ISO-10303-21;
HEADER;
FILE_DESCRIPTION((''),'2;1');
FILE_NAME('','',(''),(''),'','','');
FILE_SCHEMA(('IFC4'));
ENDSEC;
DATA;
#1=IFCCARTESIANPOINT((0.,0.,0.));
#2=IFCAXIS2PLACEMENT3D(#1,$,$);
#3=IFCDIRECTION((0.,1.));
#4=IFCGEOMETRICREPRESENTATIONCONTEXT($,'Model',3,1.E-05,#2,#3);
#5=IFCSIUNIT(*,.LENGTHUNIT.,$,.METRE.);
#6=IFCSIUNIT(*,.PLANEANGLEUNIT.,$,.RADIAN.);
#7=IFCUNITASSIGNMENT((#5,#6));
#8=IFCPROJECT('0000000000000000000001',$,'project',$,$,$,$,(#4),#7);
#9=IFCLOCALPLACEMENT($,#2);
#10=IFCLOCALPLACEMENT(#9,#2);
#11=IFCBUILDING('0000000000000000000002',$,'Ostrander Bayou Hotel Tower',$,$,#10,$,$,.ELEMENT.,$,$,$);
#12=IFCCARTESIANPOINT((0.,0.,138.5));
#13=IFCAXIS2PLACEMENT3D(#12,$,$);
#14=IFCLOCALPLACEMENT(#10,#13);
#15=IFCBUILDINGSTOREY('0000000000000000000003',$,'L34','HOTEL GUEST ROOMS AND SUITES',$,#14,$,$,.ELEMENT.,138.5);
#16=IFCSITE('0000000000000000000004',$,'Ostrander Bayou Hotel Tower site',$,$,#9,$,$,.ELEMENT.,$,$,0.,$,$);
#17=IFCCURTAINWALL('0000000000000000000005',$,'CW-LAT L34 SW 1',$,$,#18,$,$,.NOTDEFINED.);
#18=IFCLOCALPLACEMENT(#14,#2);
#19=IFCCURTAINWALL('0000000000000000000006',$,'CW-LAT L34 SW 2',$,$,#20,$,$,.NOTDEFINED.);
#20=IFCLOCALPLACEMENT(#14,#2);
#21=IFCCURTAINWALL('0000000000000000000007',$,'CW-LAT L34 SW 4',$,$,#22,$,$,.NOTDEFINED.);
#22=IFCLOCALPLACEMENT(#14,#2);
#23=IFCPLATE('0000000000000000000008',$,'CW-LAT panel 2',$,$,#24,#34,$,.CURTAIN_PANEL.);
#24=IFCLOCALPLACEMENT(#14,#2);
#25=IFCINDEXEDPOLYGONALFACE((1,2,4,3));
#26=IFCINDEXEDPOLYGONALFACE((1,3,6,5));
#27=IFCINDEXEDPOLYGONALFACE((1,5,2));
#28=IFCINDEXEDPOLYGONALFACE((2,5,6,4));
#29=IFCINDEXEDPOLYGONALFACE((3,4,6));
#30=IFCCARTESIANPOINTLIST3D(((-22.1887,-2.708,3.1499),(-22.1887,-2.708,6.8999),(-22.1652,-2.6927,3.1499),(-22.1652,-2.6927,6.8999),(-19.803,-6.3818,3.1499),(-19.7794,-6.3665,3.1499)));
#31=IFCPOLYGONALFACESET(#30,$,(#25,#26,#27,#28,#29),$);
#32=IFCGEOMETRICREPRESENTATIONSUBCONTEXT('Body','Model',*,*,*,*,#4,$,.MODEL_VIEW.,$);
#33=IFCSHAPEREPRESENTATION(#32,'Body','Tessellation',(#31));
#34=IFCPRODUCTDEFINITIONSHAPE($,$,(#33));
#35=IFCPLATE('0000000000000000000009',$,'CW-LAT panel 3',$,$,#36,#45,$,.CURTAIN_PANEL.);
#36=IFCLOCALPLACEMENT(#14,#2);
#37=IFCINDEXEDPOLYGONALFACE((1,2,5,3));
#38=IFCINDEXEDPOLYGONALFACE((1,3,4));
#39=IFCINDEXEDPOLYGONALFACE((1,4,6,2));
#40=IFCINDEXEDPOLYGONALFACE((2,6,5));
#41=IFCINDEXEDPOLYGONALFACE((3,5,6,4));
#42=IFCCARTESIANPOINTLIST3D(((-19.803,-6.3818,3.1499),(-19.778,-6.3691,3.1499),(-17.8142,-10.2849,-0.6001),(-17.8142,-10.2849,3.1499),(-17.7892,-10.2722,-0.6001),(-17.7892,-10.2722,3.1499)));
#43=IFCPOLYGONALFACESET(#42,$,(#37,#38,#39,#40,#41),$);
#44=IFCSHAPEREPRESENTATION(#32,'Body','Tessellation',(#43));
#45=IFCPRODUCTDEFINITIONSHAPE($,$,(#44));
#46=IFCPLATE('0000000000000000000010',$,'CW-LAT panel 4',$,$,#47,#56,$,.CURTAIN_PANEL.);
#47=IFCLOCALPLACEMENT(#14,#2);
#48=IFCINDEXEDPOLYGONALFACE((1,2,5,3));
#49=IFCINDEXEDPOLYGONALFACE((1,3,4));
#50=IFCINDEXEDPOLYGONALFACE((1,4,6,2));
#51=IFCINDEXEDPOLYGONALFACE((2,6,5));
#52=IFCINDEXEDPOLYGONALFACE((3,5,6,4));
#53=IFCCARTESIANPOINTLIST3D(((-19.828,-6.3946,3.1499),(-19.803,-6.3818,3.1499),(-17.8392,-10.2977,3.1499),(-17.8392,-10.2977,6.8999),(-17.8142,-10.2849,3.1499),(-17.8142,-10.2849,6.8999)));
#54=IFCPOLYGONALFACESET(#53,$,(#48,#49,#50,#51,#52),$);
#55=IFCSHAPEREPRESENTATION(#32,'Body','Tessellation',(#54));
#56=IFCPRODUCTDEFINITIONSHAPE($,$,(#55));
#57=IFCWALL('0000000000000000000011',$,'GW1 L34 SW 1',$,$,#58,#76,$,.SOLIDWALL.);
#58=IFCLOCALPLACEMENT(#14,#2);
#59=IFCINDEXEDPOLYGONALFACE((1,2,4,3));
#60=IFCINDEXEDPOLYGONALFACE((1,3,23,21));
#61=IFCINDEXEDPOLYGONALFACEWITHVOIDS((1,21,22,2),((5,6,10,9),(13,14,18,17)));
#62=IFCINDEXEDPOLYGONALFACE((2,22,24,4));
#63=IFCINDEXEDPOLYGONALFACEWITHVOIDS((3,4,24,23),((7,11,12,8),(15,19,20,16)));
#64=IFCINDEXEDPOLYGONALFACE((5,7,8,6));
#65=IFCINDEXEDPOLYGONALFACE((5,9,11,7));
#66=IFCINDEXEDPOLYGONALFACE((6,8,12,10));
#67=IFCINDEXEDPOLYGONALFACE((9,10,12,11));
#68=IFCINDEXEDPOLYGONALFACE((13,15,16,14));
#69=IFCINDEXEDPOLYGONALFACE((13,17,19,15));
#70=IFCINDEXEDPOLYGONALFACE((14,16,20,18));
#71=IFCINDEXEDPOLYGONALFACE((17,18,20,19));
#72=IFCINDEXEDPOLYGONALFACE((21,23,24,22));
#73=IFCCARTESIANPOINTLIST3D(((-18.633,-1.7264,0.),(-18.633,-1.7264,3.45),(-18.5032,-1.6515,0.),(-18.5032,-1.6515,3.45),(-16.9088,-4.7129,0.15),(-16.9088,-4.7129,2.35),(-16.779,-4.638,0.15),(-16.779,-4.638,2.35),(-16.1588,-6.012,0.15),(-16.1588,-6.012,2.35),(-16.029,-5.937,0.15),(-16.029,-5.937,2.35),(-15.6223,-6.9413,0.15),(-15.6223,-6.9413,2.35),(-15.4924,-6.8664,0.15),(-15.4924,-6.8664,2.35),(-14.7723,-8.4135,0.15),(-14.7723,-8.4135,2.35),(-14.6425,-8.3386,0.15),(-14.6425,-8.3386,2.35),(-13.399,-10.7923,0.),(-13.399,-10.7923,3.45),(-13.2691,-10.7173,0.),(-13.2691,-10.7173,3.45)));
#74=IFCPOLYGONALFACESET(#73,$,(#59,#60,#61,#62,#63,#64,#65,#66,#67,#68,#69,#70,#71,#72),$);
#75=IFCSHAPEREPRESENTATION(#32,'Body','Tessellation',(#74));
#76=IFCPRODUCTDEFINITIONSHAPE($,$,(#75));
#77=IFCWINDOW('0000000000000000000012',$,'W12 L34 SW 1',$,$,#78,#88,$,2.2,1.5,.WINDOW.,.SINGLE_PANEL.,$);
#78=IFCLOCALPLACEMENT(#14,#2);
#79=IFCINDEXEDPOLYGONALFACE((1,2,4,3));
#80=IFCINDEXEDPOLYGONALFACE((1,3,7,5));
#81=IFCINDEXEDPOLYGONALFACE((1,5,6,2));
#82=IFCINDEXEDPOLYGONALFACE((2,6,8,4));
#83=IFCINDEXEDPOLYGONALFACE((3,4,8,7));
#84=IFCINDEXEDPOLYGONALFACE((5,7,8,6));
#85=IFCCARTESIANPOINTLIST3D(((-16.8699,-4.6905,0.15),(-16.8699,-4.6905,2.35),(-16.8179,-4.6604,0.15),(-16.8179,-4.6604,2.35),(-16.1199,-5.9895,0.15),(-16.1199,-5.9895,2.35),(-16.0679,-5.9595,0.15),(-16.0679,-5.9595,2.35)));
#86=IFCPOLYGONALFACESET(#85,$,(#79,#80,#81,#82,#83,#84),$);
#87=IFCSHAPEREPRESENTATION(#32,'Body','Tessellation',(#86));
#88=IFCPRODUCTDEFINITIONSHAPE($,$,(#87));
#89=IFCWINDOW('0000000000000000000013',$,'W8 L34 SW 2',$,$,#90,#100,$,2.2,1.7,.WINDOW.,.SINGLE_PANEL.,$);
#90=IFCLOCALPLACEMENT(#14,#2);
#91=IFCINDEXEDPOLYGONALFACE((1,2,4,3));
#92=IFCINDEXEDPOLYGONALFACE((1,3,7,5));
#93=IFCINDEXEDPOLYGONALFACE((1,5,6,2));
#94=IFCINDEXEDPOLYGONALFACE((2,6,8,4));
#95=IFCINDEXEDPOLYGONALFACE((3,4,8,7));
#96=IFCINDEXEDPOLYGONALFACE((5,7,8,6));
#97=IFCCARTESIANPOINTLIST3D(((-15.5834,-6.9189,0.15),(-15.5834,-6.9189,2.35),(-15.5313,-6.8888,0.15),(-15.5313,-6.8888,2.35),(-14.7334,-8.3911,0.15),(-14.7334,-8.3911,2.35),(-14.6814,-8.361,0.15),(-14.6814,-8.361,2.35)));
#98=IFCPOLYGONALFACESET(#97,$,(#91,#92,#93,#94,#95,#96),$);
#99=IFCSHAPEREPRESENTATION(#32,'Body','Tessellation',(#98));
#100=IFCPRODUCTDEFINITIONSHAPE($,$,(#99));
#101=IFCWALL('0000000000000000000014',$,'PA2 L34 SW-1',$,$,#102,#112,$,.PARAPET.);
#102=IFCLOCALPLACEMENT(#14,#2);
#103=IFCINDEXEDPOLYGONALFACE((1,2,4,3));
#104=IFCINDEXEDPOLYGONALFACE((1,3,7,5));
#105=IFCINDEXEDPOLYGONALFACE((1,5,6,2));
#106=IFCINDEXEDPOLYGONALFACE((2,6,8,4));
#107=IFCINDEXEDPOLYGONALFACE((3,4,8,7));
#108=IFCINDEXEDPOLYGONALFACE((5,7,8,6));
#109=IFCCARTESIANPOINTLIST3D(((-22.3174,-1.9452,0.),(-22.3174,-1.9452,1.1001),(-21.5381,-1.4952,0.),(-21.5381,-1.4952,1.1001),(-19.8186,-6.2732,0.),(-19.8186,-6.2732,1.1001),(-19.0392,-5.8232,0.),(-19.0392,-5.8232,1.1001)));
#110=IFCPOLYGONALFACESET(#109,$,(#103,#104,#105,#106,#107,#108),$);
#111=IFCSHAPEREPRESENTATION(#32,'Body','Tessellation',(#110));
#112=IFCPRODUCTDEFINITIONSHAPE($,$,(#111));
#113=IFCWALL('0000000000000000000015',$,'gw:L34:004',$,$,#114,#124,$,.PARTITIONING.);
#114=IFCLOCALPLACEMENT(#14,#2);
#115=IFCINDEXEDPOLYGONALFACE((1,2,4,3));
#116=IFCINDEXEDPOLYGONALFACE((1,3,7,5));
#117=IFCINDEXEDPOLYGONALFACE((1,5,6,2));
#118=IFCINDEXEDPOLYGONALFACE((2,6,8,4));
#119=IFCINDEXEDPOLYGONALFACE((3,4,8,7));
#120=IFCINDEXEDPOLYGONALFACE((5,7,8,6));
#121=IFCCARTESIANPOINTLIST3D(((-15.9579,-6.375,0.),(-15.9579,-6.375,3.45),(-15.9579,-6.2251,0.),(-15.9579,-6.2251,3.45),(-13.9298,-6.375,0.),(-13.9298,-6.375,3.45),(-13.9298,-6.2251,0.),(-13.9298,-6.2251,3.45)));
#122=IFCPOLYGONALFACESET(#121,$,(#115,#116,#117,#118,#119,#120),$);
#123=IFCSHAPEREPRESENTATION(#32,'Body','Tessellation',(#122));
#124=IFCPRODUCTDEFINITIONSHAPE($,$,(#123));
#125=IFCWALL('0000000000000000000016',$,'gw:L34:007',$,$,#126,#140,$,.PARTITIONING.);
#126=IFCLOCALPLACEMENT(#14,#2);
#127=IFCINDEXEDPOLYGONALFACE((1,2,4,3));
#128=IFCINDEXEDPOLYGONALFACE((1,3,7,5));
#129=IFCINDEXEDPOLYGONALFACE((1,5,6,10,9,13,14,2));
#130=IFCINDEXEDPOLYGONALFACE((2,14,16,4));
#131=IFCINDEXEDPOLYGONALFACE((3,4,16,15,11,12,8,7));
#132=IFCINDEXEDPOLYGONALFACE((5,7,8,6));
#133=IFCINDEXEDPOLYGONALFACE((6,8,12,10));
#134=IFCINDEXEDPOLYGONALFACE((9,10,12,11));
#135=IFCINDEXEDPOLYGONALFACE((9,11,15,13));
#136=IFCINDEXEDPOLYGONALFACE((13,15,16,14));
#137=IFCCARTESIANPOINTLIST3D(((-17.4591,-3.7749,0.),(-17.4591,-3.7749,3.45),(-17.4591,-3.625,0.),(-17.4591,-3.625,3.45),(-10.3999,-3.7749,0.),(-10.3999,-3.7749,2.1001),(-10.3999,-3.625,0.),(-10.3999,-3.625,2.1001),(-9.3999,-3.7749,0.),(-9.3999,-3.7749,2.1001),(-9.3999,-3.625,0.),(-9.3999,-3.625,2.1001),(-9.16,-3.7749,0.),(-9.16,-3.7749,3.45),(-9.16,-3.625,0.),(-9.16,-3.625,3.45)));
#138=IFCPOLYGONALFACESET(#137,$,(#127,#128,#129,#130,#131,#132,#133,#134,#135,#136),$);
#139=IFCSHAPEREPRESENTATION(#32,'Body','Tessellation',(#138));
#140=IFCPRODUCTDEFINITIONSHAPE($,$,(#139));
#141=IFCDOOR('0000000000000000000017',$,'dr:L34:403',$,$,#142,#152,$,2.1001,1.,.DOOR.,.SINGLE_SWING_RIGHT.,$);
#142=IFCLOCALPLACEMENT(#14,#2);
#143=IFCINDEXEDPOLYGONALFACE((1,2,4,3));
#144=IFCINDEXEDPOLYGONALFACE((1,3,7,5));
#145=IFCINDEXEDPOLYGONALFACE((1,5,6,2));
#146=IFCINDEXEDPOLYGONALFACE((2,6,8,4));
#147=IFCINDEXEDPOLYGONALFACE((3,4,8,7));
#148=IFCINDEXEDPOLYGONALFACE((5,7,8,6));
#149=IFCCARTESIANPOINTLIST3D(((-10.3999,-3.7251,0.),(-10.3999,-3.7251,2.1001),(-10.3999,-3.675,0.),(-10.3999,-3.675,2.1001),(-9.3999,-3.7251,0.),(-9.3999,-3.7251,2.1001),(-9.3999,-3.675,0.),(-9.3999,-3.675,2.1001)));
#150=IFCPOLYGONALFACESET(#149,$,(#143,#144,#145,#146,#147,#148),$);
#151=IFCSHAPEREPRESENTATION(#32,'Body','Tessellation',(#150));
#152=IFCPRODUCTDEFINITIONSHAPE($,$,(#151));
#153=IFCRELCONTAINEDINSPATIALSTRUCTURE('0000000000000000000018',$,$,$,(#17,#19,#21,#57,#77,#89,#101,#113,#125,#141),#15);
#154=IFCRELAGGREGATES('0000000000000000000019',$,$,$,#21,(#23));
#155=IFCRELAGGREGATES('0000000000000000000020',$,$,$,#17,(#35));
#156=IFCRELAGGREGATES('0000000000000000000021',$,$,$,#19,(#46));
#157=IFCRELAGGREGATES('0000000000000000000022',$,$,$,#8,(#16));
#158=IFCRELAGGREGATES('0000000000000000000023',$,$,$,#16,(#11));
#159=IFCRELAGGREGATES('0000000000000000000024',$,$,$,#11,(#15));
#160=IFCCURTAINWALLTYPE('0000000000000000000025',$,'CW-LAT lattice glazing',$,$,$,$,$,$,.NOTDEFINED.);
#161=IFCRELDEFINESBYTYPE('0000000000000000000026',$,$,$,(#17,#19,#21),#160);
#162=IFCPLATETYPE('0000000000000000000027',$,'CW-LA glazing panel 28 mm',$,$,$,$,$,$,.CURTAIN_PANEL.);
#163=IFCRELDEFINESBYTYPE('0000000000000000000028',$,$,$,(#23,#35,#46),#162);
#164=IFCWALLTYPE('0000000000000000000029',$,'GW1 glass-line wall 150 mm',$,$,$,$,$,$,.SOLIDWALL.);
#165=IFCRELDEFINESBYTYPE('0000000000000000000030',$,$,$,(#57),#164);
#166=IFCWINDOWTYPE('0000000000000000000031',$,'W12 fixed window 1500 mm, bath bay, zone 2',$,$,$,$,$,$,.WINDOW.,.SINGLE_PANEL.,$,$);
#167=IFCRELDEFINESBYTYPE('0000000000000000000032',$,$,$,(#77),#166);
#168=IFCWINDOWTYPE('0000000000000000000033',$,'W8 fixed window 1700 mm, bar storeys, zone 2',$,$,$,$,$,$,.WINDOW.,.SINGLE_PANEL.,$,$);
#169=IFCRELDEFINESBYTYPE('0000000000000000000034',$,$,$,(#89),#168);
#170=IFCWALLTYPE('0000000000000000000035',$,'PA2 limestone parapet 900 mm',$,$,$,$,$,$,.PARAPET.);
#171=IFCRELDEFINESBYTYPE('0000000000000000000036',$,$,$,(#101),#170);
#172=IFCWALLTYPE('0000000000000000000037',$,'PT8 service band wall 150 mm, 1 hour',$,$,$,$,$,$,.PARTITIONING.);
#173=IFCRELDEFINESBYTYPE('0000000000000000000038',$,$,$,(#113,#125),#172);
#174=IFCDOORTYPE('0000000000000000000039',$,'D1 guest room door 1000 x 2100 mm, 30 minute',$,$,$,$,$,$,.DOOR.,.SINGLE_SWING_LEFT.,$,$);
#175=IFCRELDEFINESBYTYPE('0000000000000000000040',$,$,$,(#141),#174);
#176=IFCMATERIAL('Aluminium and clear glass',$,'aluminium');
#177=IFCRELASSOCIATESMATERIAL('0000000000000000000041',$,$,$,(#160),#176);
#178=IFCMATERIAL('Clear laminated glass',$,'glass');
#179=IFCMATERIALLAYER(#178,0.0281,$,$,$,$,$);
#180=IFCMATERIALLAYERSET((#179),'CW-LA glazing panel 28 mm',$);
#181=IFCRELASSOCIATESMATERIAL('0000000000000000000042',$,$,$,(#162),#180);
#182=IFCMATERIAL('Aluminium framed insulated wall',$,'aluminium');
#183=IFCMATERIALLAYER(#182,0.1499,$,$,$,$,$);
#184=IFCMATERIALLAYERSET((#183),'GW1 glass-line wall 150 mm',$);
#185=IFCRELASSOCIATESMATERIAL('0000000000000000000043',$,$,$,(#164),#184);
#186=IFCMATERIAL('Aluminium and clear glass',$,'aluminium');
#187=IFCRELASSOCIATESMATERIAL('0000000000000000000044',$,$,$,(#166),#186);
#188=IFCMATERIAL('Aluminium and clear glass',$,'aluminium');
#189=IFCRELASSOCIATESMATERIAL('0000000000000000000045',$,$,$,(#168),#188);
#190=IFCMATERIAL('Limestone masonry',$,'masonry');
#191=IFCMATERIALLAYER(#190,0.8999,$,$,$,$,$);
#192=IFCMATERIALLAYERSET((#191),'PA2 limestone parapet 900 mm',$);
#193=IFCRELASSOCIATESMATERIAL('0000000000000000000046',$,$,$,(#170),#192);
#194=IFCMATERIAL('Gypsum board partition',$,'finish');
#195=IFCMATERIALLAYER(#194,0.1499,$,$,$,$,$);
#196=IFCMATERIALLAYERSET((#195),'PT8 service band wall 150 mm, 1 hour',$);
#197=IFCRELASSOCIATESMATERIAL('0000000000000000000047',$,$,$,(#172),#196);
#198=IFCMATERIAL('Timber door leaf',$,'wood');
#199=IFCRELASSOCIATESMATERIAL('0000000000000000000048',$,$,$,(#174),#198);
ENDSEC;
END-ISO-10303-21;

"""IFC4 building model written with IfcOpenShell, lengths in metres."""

from ifc_helpers import new_model, si_unit, direction, frame, frame_2d, origin, place, context, subcontext, project, spatial, polyline, rectangle, outline, extrude, material, layer, layer_set, type_object, element, fill, aggregate, save


model = new_model("IFC4")

# Units and contexts
model_context = context("Model", 3, precision=1e-05, world=origin(), true_north=direction((0.0, 1.0)))
body_context = subcontext(model_context, "Body", "Model", "MODEL_VIEW")
ifc_project = project(units=[si_unit("LENGTHUNIT", "METRE"), si_unit("PLANEANGLEUNIT", "RADIAN")], contexts=[model_context])

# Site, building, storey
site_placement = place(None, origin())
site = spatial("IfcSite", under=ifc_project, at=site_placement, Name="Ostrander Bayou Hotel Tower site", CompositionType="ELEMENT", RefElevation=0.0)
building_placement = place(site_placement, origin())
building = spatial("IfcBuilding", under=site, at=building_placement, Name="Ostrander Bayou Hotel Tower", CompositionType="ELEMENT")
storey_placement = place(building_placement, frame((0.0, 0.0, 138.5)))
storey = spatial("IfcBuildingStorey", under=building, at=storey_placement, Name="L34", Description="HOTEL GUEST ROOMS AND SUITES", CompositionType="ELEMENT", Elevation=138.5)

# Curtain wall
ifc_material_1 = material(Name="Aluminium and clear glass", Category="aluminium")
curtain_wall_type = type_object("IfcCurtainWallType", Name="CW-LAT lattice glazing", PredefinedType="NOTDEFINED", material=ifc_material_1)
curtain_wall_1_placement = place(storey_placement, origin())
curtain_wall_1 = element("IfcCurtainWall", 1, at=curtain_wall_1_placement, inside=storey, type_object=curtain_wall_type, Name="CW-LAT L34 SW 1", PredefinedType="NOTDEFINED")

# Curtain wall
curtain_wall_2_placement = place(storey_placement, origin())
curtain_wall_2 = element("IfcCurtainWall", 2, at=curtain_wall_2_placement, inside=storey, type_object=curtain_wall_type, Name="CW-LAT L34 SW 2", PredefinedType="NOTDEFINED")

# Curtain wall, plate
ifc_material_2 = material(Name="Clear laminated glass", Category="glass")
ifc_layer_1 = layer(ifc_material_2, 0.0281)
ifc_layer_set_1 = layer_set([ifc_layer_1], Name="CW-LA glazing panel 28 mm")
plate_type = type_object("IfcPlateType", Name="CW-LA glazing panel 28 mm", PredefinedType="CURTAIN_PANEL", material=ifc_layer_set_1)
curtain_wall_3_placement = place(storey_placement, origin())
curtain_wall_3 = element("IfcCurtainWall", 3, at=curtain_wall_3_placement, inside=storey, type_object=curtain_wall_type, Name="CW-LAT L34 SW 4", PredefinedType="NOTDEFINED")
plate_1_placement = place(storey_placement, frame((-19.803, -6.3818, 3.1499), z_axis=(-0.838678, -0.544628, 0.0), x_axis=(-0.413732, 0.63711, 0.65032)))
plate_1 = element("IfcPlate", 4, at=plate_1_placement, type_object=plate_type, Name="CW-LAT panel 2", PredefinedType="CURTAIN_PANEL", context=body_context, shape_type="SweptSolid", body=[
    extrude(outline(polyline([(0.0, 0.0), (5.7664, 0.0), (3.3277, 2.8487), (0.0, 0.0)])), origin(), (0.0, 0.0, -1.0), 0.0281),
])
aggregate(curtain_wall_3, [plate_1])

# Plates
plate_2_placement = place(storey_placement, frame((-19.803, -6.3818, 3.1499), z_axis=(-0.891002, -0.454, 0.0), x_axis=(0.344888, -0.676862, -0.650316)))
plate_2 = element("IfcPlate", 5, at=plate_2_placement, type_object=plate_type, Name="CW-LAT panel 3", PredefinedType="CURTAIN_PANEL", context=body_context, shape_type="SweptSolid", body=[
    extrude(outline(polyline([(0.0, 0.0), (5.7664, 0.0), (3.3277, 2.8487), (0.0, 0.0)])), origin(), (0.0, 0.0, -1.0), 0.0281),
])
aggregate(curtain_wall_1, [plate_2])
plate_3_placement = place(storey_placement, frame((-19.803, -6.3818, 3.1499), z_axis=(0.891002, 0.454, 0.0), x_axis=(0.344888, -0.676862, 0.650316)))
plate_3 = element("IfcPlate", 6, at=plate_3_placement, type_object=plate_type, Name="CW-LAT panel 4", PredefinedType="CURTAIN_PANEL", context=body_context, shape_type="SweptSolid", body=[
    extrude(outline(polyline([(0.0, 0.0), (5.7664, 0.0), (3.3277, 2.8487), (0.0, 0.0)])), origin(), (0.0, 0.0, -1.0), 0.0281),
])
aggregate(curtain_wall_2, [plate_3])

# Wall, openings, windows
ifc_material_3 = material(Name="Aluminium framed insulated wall", Category="aluminium")
ifc_layer_2 = layer(ifc_material_3, 0.1499)
ifc_layer_set_2 = layer_set([ifc_layer_2], Name="GW1 glass-line wall 150 mm")
wall_type_1 = type_object("IfcWallType", Name="GW1 glass-line wall 150 mm", PredefinedType="SOLIDWALL", material=ifc_layer_set_2)
wall_1_placement = place(storey_placement, frame((-18.5681, -1.689, 0.0), z_axis=(0.0, 0.0, 1.0), x_axis=(0.499994, -0.866029, 0.0)))
wall_1 = element("IfcWall", 7, at=wall_1_placement, inside=storey, type_object=wall_type_1, Name="GW1 L34 SW 1", PredefinedType="SOLIDWALL", context=body_context, shape_type="SweptSolid", body=[
    extrude(rectangle(XDim=10.4683, YDim=0.1499, at=frame_2d((5.2341, 0.0))), origin(), (0.0, 0.0, 1.0), 3.45),
])
opening_1_placement = place(wall_1_placement, frame((3.4485, 0.0, 0.1499)))
opening_1 = element("IfcOpeningElement", 8, at=opening_1_placement, cuts=wall_1, PredefinedType="OPENING", context=body_context, shape_type="SweptSolid", body=[
    extrude(rectangle(XDim=1.5, YDim=2.2, at=frame_2d((0.75, 1.1001))), frame((0.0, 0.075, 0.0), z_axis=(0.0, -1.0, 0.0), x_axis=(1.0, 0.0, 0.0)), (0.0, 0.0, 1.0), 0.1499),
])
opening_2_placement = place(wall_1_placement, frame((6.0215, 0.0, 0.1499)))
opening_2 = element("IfcOpeningElement", 9, at=opening_2_placement, cuts=wall_1, PredefinedType="OPENING", context=body_context, shape_type="SweptSolid", body=[
    extrude(rectangle(XDim=1.7, YDim=2.2, at=frame_2d((0.8501, 1.1001))), frame((0.0, 0.075, 0.0), z_axis=(0.0, -1.0, 0.0), x_axis=(1.0, 0.0, 0.0)), (0.0, 0.0, 1.0), 0.1499),
])
ifc_material_4 = material(Name="Aluminium and clear glass", Category="aluminium")
window_type_1 = type_object("IfcWindowType", Name="W12 fixed window 1500 mm, bath bay, zone 2", PartitioningType="SINGLE_PANEL", PredefinedType="WINDOW", material=ifc_material_4)
window_1_placement = place(opening_1_placement, origin())
window_1 = element("IfcWindow", 10, at=window_1_placement, inside=storey, type_object=window_type_1, Name="W12 L34 SW 1", OverallHeight=2.2, OverallWidth=1.5, PartitioningType="SINGLE_PANEL", PredefinedType="WINDOW", context=body_context, shape_type="SweptSolid", body=[
    extrude(rectangle(XDim=1.5, YDim=2.2, at=frame_2d((0.75, 1.1001))), frame((0.0, 0.03, 0.0), z_axis=(0.0, -1.0, 0.0), x_axis=(1.0, 0.0, 0.0)), (0.0, 0.0, 1.0), 0.0601),
])
fill(opening_1, window_1)
ifc_material_5 = material(Name="Aluminium and clear glass", Category="aluminium")
window_type_2 = type_object("IfcWindowType", Name="W8 fixed window 1700 mm, bar storeys, zone 2", PartitioningType="SINGLE_PANEL", PredefinedType="WINDOW", material=ifc_material_5)
window_2_placement = place(opening_2_placement, origin())
window_2 = element("IfcWindow", 11, at=window_2_placement, inside=storey, type_object=window_type_2, Name="W8 L34 SW 2", OverallHeight=2.2, OverallWidth=1.7, PartitioningType="SINGLE_PANEL", PredefinedType="WINDOW", context=body_context, shape_type="SweptSolid", body=[
    extrude(rectangle(XDim=1.7, YDim=2.2, at=frame_2d((0.8501, 1.1001))), frame((0.0, 0.03, 0.0), z_axis=(0.0, -1.0, 0.0), x_axis=(1.0, 0.0, 0.0)), (0.0, 0.0, 1.0), 0.0601),
])
fill(opening_2, window_2)

# Walls
ifc_material_6 = material(Name="Limestone masonry", Category="masonry")
ifc_layer_3 = layer(ifc_material_6, 0.8999)
ifc_layer_set_3 = layer_set([ifc_layer_3], Name="PA2 limestone parapet 900 mm")
wall_type_2 = type_object("IfcWallType", Name="PA2 limestone parapet 900 mm", PredefinedType="PARAPET", material=ifc_layer_set_3)
wall_2_placement = place(storey_placement, frame((-21.9277, -1.7202, 0.0), z_axis=(0.0, 0.0, 1.0), x_axis=(0.500011, -0.866019, 0.0)))
element("IfcWall", 12, at=wall_2_placement, inside=storey, type_object=wall_type_2, Name="PA2 L34 SW-1", PredefinedType="PARAPET", context=body_context, shape_type="SweptSolid", body=[
    extrude(rectangle(XDim=4.9976, YDim=0.8999, at=frame_2d((2.4988, 0.0))), origin(), (0.0, 0.0, 1.0), 1.1001),
])
ifc_material_7 = material(Name="Gypsum board partition", Category="finish")
ifc_layer_4 = layer(ifc_material_7, 0.1499)
ifc_layer_set_4 = layer_set([ifc_layer_4], Name="PT8 service band wall 150 mm, 1 hour")
wall_type_3 = type_object("IfcWallType", Name="PT8 service band wall 150 mm, 1 hour", PredefinedType="PARTITIONING", material=ifc_layer_set_4)
wall_3_placement = place(storey_placement, frame((-15.958, -6.3, 0.0), z_axis=(0.0, 0.0, 1.0), x_axis=(1.0, 0.0, 0.0)))
element("IfcWall", 13, at=wall_3_placement, inside=storey, type_object=wall_type_3, Name="gw:L34:004", PredefinedType="PARTITIONING", context=body_context, shape_type="SweptSolid", body=[
    extrude(rectangle(XDim=2.0281, YDim=0.1499, at=frame_2d((1.0142, 0.0))), origin(), (0.0, 0.0, 1.0), 3.45),
])

# Wall, opening, door
wall_4_placement = place(storey_placement, frame((-17.459, -3.7, 0.0), z_axis=(0.0, 0.0, 1.0), x_axis=(1.0, 0.0, 0.0)))
wall_4 = element("IfcWall", 14, at=wall_4_placement, inside=storey, type_object=wall_type_3, Name="gw:L34:007", PredefinedType="PARTITIONING", context=body_context, shape_type="SweptSolid", body=[
    extrude(rectangle(XDim=8.2991, YDim=0.1499, at=frame_2d((4.1494, 0.0))), origin(), (0.0, 0.0, 1.0), 3.45),
])
opening_3_placement = place(wall_4_placement, frame((7.0591, 0.0, 0.0)))
opening_3 = element("IfcOpeningElement", 15, at=opening_3_placement, cuts=wall_4, PredefinedType="OPENING", context=body_context, shape_type="SweptSolid", body=[
    extrude(rectangle(XDim=1.0, YDim=2.1001, at=frame_2d((0.5, 1.05))), frame((0.0, 0.075, 0.0), z_axis=(0.0, -1.0, 0.0), x_axis=(1.0, 0.0, 0.0)), (0.0, 0.0, 1.0), 0.1499),
])
ifc_material_8 = material(Name="Timber door leaf", Category="wood")
door_type_1 = type_object("IfcDoorType", Name="D1 guest room door 1000 x 2100 mm, 30 minute", OperationType="SINGLE_SWING_LEFT", PredefinedType="DOOR", material=ifc_material_8)
door_1_placement = place(opening_3_placement, origin())
door_1 = element("IfcDoor", 16, at=door_1_placement, inside=storey, type_object=door_type_1, Name="dr:L34:403", OperationType="SINGLE_SWING_RIGHT", OverallHeight=2.1001, OverallWidth=1.0, PredefinedType="DOOR", context=body_context, shape_type="SweptSolid", body=[
    extrude(rectangle(XDim=1.0, YDim=2.1001, at=frame_2d((0.5, 1.05))), frame((0.0, 0.0249, 0.0), z_axis=(0.0, -1.0, 0.0), x_axis=(1.0, 0.0, 0.0)), (0.0, 0.0, 1.0), 0.05),
])
fill(opening_3, door_1)

save(model, "model.ifc")
